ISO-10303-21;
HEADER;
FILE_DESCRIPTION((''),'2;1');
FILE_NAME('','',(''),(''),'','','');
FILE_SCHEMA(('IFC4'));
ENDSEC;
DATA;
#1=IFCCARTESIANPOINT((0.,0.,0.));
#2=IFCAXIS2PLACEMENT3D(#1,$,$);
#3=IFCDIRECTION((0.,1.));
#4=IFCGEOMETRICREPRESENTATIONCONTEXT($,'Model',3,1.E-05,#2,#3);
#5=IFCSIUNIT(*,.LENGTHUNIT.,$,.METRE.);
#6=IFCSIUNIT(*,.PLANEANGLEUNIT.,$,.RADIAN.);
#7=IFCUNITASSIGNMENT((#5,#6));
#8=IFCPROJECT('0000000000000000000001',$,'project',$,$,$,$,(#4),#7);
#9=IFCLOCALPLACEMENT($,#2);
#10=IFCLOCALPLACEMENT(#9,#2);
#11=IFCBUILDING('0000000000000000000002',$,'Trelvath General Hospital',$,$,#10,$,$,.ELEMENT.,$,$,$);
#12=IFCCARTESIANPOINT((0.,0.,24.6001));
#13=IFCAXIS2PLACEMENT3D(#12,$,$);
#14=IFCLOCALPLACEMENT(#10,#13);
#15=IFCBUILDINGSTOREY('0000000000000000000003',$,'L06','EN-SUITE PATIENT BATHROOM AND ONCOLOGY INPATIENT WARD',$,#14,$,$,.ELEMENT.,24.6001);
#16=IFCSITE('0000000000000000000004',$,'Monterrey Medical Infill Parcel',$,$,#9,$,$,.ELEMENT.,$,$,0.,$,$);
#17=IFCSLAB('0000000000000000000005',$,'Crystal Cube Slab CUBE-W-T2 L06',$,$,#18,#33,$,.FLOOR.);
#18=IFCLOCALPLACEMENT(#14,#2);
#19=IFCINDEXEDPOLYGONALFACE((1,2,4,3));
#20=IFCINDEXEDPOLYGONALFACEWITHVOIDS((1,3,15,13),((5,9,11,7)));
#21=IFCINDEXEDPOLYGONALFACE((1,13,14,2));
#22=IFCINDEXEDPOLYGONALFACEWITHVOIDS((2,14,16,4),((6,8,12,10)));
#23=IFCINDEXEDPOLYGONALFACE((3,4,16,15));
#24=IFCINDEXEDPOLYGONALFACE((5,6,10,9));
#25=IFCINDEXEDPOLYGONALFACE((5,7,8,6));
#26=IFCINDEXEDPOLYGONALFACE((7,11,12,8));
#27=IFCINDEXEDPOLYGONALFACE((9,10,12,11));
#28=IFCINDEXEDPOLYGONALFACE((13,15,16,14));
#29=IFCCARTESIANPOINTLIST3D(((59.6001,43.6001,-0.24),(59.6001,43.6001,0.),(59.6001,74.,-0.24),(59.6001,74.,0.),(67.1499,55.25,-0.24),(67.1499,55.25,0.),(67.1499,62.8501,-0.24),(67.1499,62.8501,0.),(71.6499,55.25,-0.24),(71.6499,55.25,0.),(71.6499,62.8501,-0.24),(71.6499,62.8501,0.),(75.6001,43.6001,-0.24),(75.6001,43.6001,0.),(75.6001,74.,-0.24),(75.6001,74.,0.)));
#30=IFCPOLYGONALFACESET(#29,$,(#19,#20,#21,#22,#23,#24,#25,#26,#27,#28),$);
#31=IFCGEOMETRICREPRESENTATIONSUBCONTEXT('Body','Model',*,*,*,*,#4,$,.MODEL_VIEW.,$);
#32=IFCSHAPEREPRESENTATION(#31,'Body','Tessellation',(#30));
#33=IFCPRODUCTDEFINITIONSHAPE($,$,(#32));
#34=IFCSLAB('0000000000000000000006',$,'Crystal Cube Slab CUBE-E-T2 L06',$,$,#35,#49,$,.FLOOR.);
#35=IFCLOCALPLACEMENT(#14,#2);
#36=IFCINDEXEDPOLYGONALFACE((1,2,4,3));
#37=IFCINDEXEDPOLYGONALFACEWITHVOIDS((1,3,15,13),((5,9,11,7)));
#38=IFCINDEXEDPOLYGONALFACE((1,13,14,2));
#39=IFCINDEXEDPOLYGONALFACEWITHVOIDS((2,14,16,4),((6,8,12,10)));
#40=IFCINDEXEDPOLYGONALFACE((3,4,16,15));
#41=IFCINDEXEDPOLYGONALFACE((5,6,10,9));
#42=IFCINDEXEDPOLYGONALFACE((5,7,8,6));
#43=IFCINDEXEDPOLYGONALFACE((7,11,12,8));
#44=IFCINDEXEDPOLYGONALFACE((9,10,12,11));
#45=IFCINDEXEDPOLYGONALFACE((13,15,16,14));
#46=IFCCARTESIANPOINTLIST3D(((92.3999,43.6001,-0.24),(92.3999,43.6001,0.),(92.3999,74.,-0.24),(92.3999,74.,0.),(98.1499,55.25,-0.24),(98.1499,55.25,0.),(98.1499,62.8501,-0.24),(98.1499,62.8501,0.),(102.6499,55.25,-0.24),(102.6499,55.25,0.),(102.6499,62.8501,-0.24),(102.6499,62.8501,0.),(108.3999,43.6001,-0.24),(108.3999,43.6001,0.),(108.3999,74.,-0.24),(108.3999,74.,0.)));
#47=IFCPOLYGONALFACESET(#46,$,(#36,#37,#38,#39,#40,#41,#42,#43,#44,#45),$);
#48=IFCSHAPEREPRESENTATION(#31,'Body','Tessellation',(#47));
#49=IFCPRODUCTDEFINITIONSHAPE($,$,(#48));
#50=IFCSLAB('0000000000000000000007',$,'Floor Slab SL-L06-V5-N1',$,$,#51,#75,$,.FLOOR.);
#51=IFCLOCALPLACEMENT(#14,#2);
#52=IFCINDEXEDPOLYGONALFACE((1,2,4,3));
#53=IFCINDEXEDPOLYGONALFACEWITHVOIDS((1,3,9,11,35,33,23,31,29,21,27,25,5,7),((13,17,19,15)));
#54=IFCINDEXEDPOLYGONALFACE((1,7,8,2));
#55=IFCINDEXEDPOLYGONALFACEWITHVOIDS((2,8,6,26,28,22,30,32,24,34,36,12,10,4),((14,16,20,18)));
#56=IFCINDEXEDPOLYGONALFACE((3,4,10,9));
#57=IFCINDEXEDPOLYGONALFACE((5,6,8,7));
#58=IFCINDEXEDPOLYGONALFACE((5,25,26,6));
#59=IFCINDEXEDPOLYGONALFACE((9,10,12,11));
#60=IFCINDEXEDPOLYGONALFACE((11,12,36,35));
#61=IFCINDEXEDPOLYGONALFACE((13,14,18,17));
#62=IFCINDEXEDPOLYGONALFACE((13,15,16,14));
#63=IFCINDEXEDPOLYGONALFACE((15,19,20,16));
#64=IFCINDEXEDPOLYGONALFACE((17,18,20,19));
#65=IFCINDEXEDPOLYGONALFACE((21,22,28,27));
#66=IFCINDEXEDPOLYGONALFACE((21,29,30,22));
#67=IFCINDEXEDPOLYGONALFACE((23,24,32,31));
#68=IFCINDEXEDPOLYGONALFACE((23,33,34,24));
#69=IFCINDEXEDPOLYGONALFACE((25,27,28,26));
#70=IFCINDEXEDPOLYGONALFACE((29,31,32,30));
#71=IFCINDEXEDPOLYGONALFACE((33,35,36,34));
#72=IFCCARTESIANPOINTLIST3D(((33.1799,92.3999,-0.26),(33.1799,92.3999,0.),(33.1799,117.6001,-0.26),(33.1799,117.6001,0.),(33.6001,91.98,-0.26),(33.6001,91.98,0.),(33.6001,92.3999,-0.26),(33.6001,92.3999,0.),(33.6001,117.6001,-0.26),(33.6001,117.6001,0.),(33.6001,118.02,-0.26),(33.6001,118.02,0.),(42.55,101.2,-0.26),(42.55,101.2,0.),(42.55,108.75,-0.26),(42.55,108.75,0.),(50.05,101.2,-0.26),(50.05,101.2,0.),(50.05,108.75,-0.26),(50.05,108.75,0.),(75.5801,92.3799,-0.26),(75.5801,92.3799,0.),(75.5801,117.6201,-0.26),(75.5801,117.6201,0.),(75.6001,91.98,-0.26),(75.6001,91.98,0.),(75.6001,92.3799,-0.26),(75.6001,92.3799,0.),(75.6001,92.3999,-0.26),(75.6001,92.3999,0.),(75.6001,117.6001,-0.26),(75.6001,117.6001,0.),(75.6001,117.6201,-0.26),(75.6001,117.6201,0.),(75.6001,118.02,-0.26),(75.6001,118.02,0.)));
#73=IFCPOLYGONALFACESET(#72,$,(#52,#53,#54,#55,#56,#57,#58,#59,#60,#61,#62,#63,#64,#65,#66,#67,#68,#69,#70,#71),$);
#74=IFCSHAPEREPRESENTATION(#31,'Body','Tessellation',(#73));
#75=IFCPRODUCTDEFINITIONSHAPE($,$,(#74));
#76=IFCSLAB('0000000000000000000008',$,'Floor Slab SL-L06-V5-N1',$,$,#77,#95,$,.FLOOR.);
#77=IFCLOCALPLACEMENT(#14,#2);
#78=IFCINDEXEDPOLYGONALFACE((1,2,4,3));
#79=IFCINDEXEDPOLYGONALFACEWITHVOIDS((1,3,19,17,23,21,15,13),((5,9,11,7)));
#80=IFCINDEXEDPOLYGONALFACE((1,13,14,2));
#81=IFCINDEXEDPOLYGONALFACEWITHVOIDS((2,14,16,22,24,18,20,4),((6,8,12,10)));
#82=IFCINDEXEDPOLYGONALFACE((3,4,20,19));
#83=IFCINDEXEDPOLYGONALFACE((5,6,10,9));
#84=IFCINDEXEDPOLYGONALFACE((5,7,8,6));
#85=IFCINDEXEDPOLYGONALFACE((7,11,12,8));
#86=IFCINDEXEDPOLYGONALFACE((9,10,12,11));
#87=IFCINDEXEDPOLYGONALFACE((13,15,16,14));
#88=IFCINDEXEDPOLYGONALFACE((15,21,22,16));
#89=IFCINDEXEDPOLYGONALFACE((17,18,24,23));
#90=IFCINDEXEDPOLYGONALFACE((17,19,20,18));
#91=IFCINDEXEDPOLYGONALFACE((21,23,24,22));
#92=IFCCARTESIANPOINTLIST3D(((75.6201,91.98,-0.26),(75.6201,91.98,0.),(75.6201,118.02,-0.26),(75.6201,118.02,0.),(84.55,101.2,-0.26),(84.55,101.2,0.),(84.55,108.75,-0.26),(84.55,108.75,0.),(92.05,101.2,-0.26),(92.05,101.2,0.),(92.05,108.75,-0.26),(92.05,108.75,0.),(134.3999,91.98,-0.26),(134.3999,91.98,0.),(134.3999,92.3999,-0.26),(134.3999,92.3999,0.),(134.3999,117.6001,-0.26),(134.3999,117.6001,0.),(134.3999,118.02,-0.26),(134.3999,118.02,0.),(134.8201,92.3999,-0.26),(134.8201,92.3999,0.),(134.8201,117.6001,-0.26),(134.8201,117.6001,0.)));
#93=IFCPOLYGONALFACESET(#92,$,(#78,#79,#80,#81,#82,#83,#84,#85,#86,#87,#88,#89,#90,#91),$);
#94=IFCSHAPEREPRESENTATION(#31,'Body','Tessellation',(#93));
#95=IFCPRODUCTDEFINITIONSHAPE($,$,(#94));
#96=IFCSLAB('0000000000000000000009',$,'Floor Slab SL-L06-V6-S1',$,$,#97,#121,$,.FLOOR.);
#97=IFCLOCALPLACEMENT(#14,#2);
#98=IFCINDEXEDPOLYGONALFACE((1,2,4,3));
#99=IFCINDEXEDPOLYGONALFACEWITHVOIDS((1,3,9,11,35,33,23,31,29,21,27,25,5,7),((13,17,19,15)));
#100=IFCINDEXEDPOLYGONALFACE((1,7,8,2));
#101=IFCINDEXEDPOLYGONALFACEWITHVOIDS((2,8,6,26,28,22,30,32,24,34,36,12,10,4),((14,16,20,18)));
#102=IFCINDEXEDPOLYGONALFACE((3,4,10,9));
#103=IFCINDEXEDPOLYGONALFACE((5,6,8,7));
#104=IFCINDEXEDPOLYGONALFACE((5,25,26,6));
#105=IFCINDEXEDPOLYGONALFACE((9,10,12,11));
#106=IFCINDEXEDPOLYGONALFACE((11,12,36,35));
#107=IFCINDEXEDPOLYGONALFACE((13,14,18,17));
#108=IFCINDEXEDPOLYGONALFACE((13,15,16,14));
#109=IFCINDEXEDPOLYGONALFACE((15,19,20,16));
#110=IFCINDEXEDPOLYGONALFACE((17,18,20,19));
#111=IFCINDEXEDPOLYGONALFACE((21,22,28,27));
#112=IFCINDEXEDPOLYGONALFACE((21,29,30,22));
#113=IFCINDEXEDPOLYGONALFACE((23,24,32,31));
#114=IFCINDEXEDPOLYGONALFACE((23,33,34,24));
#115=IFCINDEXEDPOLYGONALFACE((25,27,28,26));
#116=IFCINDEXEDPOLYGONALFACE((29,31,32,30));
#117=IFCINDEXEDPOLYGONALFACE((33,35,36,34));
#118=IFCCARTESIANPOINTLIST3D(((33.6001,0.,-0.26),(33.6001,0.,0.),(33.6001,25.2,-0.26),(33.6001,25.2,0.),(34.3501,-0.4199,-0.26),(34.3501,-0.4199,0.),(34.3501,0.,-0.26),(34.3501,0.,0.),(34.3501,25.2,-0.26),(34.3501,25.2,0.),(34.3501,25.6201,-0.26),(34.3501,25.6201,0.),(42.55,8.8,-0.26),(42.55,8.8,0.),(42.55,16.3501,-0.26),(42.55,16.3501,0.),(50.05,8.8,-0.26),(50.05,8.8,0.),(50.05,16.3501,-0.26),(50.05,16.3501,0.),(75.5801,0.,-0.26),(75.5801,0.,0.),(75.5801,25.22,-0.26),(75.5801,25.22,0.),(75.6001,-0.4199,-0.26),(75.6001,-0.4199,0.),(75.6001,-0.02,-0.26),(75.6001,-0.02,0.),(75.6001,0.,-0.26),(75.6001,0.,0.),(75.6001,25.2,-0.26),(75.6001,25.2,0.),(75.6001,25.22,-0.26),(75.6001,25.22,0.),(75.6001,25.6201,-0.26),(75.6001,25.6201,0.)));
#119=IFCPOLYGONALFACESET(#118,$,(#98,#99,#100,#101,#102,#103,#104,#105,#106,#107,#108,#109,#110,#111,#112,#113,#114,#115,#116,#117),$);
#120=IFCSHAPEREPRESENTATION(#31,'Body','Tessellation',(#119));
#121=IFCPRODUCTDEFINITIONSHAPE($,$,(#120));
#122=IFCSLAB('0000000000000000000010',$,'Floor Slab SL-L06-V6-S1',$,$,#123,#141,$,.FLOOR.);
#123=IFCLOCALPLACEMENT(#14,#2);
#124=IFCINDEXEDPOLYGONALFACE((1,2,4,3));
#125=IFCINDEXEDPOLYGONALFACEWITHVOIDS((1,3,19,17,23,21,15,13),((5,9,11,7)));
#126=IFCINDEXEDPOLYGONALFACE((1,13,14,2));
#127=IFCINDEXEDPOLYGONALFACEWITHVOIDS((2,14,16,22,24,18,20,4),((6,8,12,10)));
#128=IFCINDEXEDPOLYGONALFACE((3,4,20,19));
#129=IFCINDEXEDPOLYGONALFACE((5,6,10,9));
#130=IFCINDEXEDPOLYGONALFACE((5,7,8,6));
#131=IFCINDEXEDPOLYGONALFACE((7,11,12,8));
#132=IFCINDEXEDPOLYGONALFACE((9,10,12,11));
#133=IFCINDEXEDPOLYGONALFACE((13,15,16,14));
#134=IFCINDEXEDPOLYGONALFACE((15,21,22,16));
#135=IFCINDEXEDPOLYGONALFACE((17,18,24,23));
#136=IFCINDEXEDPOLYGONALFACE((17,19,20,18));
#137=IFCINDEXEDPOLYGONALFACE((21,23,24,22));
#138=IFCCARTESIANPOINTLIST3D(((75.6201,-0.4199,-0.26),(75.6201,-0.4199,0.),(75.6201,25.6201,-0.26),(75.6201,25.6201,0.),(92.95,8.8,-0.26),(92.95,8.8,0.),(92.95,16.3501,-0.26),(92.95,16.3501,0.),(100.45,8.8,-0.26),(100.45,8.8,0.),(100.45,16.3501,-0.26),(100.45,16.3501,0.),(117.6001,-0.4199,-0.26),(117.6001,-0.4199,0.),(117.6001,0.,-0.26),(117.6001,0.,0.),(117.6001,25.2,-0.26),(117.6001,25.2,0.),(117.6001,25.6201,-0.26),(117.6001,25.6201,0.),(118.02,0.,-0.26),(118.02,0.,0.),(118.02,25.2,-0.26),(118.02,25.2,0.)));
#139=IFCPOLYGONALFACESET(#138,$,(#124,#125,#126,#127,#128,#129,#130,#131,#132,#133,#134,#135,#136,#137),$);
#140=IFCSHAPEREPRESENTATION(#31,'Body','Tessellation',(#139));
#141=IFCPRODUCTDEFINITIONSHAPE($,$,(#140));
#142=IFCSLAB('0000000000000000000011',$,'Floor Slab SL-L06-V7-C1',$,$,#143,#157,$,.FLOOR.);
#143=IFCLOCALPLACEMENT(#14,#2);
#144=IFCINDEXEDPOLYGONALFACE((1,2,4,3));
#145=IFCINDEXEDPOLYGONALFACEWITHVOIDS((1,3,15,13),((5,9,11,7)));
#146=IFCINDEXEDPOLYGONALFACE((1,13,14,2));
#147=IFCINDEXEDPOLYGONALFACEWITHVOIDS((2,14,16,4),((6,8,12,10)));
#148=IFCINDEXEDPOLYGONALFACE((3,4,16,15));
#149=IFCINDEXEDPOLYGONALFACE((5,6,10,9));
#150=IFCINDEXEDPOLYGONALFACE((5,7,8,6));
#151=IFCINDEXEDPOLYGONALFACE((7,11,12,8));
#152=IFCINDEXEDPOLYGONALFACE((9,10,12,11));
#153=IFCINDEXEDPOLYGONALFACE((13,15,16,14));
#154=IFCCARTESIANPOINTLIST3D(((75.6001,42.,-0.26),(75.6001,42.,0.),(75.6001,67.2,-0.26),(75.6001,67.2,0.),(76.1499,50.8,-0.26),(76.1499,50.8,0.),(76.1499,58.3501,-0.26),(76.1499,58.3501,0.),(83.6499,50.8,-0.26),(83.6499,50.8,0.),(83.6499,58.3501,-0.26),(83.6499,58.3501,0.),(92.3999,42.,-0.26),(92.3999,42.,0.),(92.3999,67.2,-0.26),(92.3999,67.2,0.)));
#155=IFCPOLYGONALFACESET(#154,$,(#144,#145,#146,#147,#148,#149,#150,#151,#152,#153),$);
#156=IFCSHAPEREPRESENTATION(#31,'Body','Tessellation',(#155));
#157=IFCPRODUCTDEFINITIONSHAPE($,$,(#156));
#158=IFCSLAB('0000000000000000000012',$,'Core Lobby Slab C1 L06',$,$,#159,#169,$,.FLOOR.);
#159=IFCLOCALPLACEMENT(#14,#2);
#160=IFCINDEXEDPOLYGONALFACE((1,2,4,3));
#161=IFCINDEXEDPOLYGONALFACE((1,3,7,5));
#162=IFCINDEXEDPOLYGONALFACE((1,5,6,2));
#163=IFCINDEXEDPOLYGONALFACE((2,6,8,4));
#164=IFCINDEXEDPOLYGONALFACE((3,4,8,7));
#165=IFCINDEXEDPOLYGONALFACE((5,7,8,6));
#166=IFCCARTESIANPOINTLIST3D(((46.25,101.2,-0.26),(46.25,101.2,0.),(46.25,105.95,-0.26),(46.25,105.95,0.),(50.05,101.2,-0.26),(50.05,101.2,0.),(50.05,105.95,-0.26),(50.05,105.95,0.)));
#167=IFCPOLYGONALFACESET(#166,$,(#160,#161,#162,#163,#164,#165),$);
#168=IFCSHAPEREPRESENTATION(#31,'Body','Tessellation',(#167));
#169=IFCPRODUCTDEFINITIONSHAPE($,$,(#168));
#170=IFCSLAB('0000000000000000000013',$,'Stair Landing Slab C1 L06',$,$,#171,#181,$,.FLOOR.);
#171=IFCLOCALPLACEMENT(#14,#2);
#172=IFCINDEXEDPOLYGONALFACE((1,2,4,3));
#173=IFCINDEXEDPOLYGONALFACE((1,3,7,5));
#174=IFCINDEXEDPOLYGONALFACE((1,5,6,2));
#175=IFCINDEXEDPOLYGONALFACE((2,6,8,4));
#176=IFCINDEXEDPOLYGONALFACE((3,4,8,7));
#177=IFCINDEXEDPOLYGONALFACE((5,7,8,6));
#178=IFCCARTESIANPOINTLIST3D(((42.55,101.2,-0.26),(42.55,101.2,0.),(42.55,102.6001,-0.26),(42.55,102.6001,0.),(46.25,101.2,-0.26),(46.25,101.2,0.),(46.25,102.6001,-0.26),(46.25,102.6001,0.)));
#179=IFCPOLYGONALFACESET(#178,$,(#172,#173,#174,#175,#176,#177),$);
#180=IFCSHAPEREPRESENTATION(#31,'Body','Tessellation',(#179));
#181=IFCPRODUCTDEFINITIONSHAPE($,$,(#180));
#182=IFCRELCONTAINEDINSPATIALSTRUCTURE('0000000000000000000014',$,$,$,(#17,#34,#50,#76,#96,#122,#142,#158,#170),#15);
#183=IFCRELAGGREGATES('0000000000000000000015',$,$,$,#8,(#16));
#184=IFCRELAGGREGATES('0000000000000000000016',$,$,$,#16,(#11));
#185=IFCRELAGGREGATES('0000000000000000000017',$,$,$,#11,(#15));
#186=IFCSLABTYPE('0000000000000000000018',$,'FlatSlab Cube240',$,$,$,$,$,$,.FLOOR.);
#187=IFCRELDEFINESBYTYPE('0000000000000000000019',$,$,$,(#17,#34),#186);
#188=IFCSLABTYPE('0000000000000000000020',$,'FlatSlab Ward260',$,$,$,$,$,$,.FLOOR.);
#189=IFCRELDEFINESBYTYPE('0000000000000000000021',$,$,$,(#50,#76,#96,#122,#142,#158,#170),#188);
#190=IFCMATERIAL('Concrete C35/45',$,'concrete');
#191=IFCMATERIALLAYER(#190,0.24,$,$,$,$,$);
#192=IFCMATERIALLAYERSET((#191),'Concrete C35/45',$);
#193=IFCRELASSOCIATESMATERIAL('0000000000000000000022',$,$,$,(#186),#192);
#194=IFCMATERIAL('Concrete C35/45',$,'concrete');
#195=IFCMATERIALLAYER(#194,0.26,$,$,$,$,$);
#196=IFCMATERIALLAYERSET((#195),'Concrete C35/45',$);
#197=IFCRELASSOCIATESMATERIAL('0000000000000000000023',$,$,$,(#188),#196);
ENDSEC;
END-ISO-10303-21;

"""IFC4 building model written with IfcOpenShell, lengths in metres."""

from ifc_helpers import new_model, si_unit, direction, frame, origin, place, context, subcontext, project, spatial, polyline, outline, extrude, material, layer, layer_set, type_object, element, save


model = new_model("IFC4")

# Units and contexts
model_context = context("Model", 3, precision=1e-05, world=origin(), true_north=direction((0.0, 1.0)))
body_context = subcontext(model_context, "Body", "Model", "MODEL_VIEW")
ifc_project = project(units=[si_unit("LENGTHUNIT", "METRE"), si_unit("PLANEANGLEUNIT", "RADIAN")], contexts=[model_context])

# Site, building, storey
site_placement = place(None, origin())
site = spatial("IfcSite", under=ifc_project, at=site_placement, Name="Monterrey Medical Infill Parcel", CompositionType="ELEMENT", RefElevation=0.0)
building_placement = place(site_placement, origin())
building = spatial("IfcBuilding", under=site, at=building_placement, Name="Trelvath General Hospital", CompositionType="ELEMENT")
storey_placement = place(building_placement, frame((0.0, 0.0, 24.6001)))
storey = spatial("IfcBuildingStorey", under=building, at=storey_placement, Name="L06", Description="EN-SUITE PATIENT BATHROOM AND ONCOLOGY INPATIENT WARD", CompositionType="ELEMENT", Elevation=24.6001)

# Slabs
ifc_material_1 = material(Name="Concrete C35/45", Category="concrete")
ifc_layer_1 = layer(ifc_material_1, 0.24)
ifc_layer_set_1 = layer_set([ifc_layer_1], Name="Concrete C35/45")
slab_type_1 = type_object("IfcSlabType", Name="FlatSlab Cube240", PredefinedType="FLOOR", material=ifc_layer_set_1)
slab_1_placement = place(storey_placement, frame((0.0, 0.0, -0.24)))
element("IfcSlab", 1, at=slab_1_placement, inside=storey, type_object=slab_type_1, Name="Crystal Cube Slab CUBE-W-T2 L06", PredefinedType="FLOOR", context=body_context, shape_type="SweptSolid", body=[
    extrude(outline(polyline([(59.6001, 43.6001), (75.6001, 43.6001), (75.6001, 74.0), (59.6001, 74.0), (59.6001, 43.6001)]), holes=[polyline([(67.1499, 55.25), (71.6499, 55.25), (71.6499, 62.8501), (67.1499, 62.8501), (67.1499, 55.25)])]), origin(), (0.0, 0.0, 1.0), 0.24),
])
slab_2_placement = place(storey_placement, frame((0.0, 0.0, -0.24)))
element("IfcSlab", 2, at=slab_2_placement, inside=storey, type_object=slab_type_1, Name="Crystal Cube Slab CUBE-E-T2 L06", PredefinedType="FLOOR", context=body_context, shape_type="SweptSolid", body=[
    extrude(outline(polyline([(92.3999, 43.6001), (108.3999, 43.6001), (108.3999, 74.0), (92.3999, 74.0), (92.3999, 43.6001)]), holes=[polyline([(98.1499, 55.25), (102.6499, 55.25), (102.6499, 62.8501), (98.1499, 62.8501), (98.1499, 55.25)])]), origin(), (0.0, 0.0, 1.0), 0.24),
])
ifc_material_2 = material(Name="Concrete C35/45", Category="concrete")
ifc_layer_2 = layer(ifc_material_2, 0.26)
ifc_layer_set_2 = layer_set([ifc_layer_2], Name="Concrete C35/45")
slab_type_2 = type_object("IfcSlabType", Name="FlatSlab Ward260", PredefinedType="FLOOR", material=ifc_layer_set_2)
slab_3_placement = place(storey_placement, frame((0.0, 0.0, -0.26)))
element("IfcSlab", 3, at=slab_3_placement, inside=storey, type_object=slab_type_2, Name="Floor Slab SL-L06-V5-N1", PredefinedType="FLOOR", context=body_context, shape_type="SweptSolid", body=[
    extrude(outline(polyline([(75.5801, 92.3799), (75.6001, 92.3799), (75.6001, 91.98), (33.6001, 91.98), (33.6001, 92.3999), (33.1799, 92.3999), (33.1799, 117.6001), (33.6001, 117.6001), (33.6001, 118.02), (75.6001, 118.02), (75.6001, 117.6201), (75.5801, 117.6201), (75.6001, 117.6001), (75.6001, 92.3999), (75.5801, 92.3799)]), holes=[polyline([(42.55, 101.2), (50.05, 101.2), (50.05, 108.75), (42.55, 108.75), (42.55, 101.2)])]), origin(), (0.0, 0.0, 1.0), 0.26),
])
slab_4_placement = place(storey_placement, frame((0.0, 0.0, -0.26)))
element("IfcSlab", 4, at=slab_4_placement, inside=storey, type_object=slab_type_2, Name="Floor Slab SL-L06-V5-N1", PredefinedType="FLOOR", context=body_context, shape_type="SweptSolid", body=[
    extrude(outline(polyline([(75.6201, 91.98), (75.6201, 118.02), (134.3999, 118.02), (134.3999, 117.6001), (134.8201, 117.6001), (134.8201, 92.3999), (134.3999, 92.3999), (134.3999, 91.98), (75.6201, 91.98)]), holes=[polyline([(84.55, 101.2), (92.05, 101.2), (92.05, 108.75), (84.55, 108.75), (84.55, 101.2)])]), origin(), (0.0, 0.0, 1.0), 0.26),
])
slab_5_placement = place(storey_placement, frame((0.0, 0.0, -0.26)))
element("IfcSlab", 5, at=slab_5_placement, inside=storey, type_object=slab_type_2, Name="Floor Slab SL-L06-V6-S1", PredefinedType="FLOOR", context=body_context, shape_type="SweptSolid", body=[
    extrude(outline(polyline([(34.3501, 25.2), (34.3501, 25.6201), (75.6001, 25.6201), (75.6001, 25.22), (75.5801, 25.22), (75.6001, 25.2), (75.6001, 0.0), (75.5801, 0.0), (75.6001, -0.02), (75.6001, -0.4199), (34.3501, -0.4199), (34.3501, 0.0), (33.6001, 0.0), (33.6001, 25.2), (34.3501, 25.2)]), holes=[polyline([(42.55, 8.8), (50.05, 8.8), (50.05, 16.3501), (42.55, 16.3501), (42.55, 8.8)])]), origin(), (0.0, 0.0, 1.0), 0.26),
])
slab_6_placement = place(storey_placement, frame((0.0, 0.0, -0.26)))
element("IfcSlab", 6, at=slab_6_placement, inside=storey, type_object=slab_type_2, Name="Floor Slab SL-L06-V6-S1", PredefinedType="FLOOR", context=body_context, shape_type="SweptSolid", body=[
    extrude(outline(polyline([(75.6201, -0.4199), (75.6201, 25.6201), (117.6001, 25.6201), (117.6001, 25.2), (118.02, 25.2), (118.02, 0.0), (117.6001, 0.0), (117.6001, -0.4199), (75.6201, -0.4199)]), holes=[polyline([(92.95, 8.8), (100.45, 8.8), (100.45, 16.3501), (92.95, 16.3501), (92.95, 8.8)])]), origin(), (0.0, 0.0, 1.0), 0.26),
])
slab_7_placement = place(storey_placement, frame((0.0, 0.0, -0.26)))
element("IfcSlab", 7, at=slab_7_placement, inside=storey, type_object=slab_type_2, Name="Floor Slab SL-L06-V7-C1", PredefinedType="FLOOR", context=body_context, shape_type="SweptSolid", body=[
    extrude(outline(polyline([(75.6001, 42.0), (75.6001, 67.2), (92.3999, 67.2), (92.3999, 42.0), (75.6001, 42.0)]), holes=[polyline([(76.1499, 50.8), (83.6499, 50.8), (83.6499, 58.3501), (76.1499, 58.3501), (76.1499, 50.8)])]), origin(), (0.0, 0.0, 1.0), 0.26),
])
slab_8_placement = place(storey_placement, frame((0.0, 0.0, -0.26)))
element("IfcSlab", 8, at=slab_8_placement, inside=storey, type_object=slab_type_2, Name="Core Lobby Slab C1 L06", PredefinedType="FLOOR", context=body_context, shape_type="SweptSolid", body=[
    extrude(outline(polyline([(46.25, 101.2), (50.05, 101.2), (50.05, 105.95), (46.25, 105.95), (46.25, 101.2)])), origin(), (0.0, 0.0, 1.0), 0.26),
])
slab_9_placement = place(storey_placement, frame((0.0, 0.0, -0.26)))
element("IfcSlab", 9, at=slab_9_placement, inside=storey, type_object=slab_type_2, Name="Stair Landing Slab C1 L06", PredefinedType="FLOOR", context=body_context, shape_type="SweptSolid", body=[
    extrude(outline(polyline([(42.55, 101.2), (46.25, 101.2), (46.25, 102.6001), (42.55, 102.6001), (42.55, 101.2)])), origin(), (0.0, 0.0, 1.0), 0.26),
])

save(model, "model.ifc")
